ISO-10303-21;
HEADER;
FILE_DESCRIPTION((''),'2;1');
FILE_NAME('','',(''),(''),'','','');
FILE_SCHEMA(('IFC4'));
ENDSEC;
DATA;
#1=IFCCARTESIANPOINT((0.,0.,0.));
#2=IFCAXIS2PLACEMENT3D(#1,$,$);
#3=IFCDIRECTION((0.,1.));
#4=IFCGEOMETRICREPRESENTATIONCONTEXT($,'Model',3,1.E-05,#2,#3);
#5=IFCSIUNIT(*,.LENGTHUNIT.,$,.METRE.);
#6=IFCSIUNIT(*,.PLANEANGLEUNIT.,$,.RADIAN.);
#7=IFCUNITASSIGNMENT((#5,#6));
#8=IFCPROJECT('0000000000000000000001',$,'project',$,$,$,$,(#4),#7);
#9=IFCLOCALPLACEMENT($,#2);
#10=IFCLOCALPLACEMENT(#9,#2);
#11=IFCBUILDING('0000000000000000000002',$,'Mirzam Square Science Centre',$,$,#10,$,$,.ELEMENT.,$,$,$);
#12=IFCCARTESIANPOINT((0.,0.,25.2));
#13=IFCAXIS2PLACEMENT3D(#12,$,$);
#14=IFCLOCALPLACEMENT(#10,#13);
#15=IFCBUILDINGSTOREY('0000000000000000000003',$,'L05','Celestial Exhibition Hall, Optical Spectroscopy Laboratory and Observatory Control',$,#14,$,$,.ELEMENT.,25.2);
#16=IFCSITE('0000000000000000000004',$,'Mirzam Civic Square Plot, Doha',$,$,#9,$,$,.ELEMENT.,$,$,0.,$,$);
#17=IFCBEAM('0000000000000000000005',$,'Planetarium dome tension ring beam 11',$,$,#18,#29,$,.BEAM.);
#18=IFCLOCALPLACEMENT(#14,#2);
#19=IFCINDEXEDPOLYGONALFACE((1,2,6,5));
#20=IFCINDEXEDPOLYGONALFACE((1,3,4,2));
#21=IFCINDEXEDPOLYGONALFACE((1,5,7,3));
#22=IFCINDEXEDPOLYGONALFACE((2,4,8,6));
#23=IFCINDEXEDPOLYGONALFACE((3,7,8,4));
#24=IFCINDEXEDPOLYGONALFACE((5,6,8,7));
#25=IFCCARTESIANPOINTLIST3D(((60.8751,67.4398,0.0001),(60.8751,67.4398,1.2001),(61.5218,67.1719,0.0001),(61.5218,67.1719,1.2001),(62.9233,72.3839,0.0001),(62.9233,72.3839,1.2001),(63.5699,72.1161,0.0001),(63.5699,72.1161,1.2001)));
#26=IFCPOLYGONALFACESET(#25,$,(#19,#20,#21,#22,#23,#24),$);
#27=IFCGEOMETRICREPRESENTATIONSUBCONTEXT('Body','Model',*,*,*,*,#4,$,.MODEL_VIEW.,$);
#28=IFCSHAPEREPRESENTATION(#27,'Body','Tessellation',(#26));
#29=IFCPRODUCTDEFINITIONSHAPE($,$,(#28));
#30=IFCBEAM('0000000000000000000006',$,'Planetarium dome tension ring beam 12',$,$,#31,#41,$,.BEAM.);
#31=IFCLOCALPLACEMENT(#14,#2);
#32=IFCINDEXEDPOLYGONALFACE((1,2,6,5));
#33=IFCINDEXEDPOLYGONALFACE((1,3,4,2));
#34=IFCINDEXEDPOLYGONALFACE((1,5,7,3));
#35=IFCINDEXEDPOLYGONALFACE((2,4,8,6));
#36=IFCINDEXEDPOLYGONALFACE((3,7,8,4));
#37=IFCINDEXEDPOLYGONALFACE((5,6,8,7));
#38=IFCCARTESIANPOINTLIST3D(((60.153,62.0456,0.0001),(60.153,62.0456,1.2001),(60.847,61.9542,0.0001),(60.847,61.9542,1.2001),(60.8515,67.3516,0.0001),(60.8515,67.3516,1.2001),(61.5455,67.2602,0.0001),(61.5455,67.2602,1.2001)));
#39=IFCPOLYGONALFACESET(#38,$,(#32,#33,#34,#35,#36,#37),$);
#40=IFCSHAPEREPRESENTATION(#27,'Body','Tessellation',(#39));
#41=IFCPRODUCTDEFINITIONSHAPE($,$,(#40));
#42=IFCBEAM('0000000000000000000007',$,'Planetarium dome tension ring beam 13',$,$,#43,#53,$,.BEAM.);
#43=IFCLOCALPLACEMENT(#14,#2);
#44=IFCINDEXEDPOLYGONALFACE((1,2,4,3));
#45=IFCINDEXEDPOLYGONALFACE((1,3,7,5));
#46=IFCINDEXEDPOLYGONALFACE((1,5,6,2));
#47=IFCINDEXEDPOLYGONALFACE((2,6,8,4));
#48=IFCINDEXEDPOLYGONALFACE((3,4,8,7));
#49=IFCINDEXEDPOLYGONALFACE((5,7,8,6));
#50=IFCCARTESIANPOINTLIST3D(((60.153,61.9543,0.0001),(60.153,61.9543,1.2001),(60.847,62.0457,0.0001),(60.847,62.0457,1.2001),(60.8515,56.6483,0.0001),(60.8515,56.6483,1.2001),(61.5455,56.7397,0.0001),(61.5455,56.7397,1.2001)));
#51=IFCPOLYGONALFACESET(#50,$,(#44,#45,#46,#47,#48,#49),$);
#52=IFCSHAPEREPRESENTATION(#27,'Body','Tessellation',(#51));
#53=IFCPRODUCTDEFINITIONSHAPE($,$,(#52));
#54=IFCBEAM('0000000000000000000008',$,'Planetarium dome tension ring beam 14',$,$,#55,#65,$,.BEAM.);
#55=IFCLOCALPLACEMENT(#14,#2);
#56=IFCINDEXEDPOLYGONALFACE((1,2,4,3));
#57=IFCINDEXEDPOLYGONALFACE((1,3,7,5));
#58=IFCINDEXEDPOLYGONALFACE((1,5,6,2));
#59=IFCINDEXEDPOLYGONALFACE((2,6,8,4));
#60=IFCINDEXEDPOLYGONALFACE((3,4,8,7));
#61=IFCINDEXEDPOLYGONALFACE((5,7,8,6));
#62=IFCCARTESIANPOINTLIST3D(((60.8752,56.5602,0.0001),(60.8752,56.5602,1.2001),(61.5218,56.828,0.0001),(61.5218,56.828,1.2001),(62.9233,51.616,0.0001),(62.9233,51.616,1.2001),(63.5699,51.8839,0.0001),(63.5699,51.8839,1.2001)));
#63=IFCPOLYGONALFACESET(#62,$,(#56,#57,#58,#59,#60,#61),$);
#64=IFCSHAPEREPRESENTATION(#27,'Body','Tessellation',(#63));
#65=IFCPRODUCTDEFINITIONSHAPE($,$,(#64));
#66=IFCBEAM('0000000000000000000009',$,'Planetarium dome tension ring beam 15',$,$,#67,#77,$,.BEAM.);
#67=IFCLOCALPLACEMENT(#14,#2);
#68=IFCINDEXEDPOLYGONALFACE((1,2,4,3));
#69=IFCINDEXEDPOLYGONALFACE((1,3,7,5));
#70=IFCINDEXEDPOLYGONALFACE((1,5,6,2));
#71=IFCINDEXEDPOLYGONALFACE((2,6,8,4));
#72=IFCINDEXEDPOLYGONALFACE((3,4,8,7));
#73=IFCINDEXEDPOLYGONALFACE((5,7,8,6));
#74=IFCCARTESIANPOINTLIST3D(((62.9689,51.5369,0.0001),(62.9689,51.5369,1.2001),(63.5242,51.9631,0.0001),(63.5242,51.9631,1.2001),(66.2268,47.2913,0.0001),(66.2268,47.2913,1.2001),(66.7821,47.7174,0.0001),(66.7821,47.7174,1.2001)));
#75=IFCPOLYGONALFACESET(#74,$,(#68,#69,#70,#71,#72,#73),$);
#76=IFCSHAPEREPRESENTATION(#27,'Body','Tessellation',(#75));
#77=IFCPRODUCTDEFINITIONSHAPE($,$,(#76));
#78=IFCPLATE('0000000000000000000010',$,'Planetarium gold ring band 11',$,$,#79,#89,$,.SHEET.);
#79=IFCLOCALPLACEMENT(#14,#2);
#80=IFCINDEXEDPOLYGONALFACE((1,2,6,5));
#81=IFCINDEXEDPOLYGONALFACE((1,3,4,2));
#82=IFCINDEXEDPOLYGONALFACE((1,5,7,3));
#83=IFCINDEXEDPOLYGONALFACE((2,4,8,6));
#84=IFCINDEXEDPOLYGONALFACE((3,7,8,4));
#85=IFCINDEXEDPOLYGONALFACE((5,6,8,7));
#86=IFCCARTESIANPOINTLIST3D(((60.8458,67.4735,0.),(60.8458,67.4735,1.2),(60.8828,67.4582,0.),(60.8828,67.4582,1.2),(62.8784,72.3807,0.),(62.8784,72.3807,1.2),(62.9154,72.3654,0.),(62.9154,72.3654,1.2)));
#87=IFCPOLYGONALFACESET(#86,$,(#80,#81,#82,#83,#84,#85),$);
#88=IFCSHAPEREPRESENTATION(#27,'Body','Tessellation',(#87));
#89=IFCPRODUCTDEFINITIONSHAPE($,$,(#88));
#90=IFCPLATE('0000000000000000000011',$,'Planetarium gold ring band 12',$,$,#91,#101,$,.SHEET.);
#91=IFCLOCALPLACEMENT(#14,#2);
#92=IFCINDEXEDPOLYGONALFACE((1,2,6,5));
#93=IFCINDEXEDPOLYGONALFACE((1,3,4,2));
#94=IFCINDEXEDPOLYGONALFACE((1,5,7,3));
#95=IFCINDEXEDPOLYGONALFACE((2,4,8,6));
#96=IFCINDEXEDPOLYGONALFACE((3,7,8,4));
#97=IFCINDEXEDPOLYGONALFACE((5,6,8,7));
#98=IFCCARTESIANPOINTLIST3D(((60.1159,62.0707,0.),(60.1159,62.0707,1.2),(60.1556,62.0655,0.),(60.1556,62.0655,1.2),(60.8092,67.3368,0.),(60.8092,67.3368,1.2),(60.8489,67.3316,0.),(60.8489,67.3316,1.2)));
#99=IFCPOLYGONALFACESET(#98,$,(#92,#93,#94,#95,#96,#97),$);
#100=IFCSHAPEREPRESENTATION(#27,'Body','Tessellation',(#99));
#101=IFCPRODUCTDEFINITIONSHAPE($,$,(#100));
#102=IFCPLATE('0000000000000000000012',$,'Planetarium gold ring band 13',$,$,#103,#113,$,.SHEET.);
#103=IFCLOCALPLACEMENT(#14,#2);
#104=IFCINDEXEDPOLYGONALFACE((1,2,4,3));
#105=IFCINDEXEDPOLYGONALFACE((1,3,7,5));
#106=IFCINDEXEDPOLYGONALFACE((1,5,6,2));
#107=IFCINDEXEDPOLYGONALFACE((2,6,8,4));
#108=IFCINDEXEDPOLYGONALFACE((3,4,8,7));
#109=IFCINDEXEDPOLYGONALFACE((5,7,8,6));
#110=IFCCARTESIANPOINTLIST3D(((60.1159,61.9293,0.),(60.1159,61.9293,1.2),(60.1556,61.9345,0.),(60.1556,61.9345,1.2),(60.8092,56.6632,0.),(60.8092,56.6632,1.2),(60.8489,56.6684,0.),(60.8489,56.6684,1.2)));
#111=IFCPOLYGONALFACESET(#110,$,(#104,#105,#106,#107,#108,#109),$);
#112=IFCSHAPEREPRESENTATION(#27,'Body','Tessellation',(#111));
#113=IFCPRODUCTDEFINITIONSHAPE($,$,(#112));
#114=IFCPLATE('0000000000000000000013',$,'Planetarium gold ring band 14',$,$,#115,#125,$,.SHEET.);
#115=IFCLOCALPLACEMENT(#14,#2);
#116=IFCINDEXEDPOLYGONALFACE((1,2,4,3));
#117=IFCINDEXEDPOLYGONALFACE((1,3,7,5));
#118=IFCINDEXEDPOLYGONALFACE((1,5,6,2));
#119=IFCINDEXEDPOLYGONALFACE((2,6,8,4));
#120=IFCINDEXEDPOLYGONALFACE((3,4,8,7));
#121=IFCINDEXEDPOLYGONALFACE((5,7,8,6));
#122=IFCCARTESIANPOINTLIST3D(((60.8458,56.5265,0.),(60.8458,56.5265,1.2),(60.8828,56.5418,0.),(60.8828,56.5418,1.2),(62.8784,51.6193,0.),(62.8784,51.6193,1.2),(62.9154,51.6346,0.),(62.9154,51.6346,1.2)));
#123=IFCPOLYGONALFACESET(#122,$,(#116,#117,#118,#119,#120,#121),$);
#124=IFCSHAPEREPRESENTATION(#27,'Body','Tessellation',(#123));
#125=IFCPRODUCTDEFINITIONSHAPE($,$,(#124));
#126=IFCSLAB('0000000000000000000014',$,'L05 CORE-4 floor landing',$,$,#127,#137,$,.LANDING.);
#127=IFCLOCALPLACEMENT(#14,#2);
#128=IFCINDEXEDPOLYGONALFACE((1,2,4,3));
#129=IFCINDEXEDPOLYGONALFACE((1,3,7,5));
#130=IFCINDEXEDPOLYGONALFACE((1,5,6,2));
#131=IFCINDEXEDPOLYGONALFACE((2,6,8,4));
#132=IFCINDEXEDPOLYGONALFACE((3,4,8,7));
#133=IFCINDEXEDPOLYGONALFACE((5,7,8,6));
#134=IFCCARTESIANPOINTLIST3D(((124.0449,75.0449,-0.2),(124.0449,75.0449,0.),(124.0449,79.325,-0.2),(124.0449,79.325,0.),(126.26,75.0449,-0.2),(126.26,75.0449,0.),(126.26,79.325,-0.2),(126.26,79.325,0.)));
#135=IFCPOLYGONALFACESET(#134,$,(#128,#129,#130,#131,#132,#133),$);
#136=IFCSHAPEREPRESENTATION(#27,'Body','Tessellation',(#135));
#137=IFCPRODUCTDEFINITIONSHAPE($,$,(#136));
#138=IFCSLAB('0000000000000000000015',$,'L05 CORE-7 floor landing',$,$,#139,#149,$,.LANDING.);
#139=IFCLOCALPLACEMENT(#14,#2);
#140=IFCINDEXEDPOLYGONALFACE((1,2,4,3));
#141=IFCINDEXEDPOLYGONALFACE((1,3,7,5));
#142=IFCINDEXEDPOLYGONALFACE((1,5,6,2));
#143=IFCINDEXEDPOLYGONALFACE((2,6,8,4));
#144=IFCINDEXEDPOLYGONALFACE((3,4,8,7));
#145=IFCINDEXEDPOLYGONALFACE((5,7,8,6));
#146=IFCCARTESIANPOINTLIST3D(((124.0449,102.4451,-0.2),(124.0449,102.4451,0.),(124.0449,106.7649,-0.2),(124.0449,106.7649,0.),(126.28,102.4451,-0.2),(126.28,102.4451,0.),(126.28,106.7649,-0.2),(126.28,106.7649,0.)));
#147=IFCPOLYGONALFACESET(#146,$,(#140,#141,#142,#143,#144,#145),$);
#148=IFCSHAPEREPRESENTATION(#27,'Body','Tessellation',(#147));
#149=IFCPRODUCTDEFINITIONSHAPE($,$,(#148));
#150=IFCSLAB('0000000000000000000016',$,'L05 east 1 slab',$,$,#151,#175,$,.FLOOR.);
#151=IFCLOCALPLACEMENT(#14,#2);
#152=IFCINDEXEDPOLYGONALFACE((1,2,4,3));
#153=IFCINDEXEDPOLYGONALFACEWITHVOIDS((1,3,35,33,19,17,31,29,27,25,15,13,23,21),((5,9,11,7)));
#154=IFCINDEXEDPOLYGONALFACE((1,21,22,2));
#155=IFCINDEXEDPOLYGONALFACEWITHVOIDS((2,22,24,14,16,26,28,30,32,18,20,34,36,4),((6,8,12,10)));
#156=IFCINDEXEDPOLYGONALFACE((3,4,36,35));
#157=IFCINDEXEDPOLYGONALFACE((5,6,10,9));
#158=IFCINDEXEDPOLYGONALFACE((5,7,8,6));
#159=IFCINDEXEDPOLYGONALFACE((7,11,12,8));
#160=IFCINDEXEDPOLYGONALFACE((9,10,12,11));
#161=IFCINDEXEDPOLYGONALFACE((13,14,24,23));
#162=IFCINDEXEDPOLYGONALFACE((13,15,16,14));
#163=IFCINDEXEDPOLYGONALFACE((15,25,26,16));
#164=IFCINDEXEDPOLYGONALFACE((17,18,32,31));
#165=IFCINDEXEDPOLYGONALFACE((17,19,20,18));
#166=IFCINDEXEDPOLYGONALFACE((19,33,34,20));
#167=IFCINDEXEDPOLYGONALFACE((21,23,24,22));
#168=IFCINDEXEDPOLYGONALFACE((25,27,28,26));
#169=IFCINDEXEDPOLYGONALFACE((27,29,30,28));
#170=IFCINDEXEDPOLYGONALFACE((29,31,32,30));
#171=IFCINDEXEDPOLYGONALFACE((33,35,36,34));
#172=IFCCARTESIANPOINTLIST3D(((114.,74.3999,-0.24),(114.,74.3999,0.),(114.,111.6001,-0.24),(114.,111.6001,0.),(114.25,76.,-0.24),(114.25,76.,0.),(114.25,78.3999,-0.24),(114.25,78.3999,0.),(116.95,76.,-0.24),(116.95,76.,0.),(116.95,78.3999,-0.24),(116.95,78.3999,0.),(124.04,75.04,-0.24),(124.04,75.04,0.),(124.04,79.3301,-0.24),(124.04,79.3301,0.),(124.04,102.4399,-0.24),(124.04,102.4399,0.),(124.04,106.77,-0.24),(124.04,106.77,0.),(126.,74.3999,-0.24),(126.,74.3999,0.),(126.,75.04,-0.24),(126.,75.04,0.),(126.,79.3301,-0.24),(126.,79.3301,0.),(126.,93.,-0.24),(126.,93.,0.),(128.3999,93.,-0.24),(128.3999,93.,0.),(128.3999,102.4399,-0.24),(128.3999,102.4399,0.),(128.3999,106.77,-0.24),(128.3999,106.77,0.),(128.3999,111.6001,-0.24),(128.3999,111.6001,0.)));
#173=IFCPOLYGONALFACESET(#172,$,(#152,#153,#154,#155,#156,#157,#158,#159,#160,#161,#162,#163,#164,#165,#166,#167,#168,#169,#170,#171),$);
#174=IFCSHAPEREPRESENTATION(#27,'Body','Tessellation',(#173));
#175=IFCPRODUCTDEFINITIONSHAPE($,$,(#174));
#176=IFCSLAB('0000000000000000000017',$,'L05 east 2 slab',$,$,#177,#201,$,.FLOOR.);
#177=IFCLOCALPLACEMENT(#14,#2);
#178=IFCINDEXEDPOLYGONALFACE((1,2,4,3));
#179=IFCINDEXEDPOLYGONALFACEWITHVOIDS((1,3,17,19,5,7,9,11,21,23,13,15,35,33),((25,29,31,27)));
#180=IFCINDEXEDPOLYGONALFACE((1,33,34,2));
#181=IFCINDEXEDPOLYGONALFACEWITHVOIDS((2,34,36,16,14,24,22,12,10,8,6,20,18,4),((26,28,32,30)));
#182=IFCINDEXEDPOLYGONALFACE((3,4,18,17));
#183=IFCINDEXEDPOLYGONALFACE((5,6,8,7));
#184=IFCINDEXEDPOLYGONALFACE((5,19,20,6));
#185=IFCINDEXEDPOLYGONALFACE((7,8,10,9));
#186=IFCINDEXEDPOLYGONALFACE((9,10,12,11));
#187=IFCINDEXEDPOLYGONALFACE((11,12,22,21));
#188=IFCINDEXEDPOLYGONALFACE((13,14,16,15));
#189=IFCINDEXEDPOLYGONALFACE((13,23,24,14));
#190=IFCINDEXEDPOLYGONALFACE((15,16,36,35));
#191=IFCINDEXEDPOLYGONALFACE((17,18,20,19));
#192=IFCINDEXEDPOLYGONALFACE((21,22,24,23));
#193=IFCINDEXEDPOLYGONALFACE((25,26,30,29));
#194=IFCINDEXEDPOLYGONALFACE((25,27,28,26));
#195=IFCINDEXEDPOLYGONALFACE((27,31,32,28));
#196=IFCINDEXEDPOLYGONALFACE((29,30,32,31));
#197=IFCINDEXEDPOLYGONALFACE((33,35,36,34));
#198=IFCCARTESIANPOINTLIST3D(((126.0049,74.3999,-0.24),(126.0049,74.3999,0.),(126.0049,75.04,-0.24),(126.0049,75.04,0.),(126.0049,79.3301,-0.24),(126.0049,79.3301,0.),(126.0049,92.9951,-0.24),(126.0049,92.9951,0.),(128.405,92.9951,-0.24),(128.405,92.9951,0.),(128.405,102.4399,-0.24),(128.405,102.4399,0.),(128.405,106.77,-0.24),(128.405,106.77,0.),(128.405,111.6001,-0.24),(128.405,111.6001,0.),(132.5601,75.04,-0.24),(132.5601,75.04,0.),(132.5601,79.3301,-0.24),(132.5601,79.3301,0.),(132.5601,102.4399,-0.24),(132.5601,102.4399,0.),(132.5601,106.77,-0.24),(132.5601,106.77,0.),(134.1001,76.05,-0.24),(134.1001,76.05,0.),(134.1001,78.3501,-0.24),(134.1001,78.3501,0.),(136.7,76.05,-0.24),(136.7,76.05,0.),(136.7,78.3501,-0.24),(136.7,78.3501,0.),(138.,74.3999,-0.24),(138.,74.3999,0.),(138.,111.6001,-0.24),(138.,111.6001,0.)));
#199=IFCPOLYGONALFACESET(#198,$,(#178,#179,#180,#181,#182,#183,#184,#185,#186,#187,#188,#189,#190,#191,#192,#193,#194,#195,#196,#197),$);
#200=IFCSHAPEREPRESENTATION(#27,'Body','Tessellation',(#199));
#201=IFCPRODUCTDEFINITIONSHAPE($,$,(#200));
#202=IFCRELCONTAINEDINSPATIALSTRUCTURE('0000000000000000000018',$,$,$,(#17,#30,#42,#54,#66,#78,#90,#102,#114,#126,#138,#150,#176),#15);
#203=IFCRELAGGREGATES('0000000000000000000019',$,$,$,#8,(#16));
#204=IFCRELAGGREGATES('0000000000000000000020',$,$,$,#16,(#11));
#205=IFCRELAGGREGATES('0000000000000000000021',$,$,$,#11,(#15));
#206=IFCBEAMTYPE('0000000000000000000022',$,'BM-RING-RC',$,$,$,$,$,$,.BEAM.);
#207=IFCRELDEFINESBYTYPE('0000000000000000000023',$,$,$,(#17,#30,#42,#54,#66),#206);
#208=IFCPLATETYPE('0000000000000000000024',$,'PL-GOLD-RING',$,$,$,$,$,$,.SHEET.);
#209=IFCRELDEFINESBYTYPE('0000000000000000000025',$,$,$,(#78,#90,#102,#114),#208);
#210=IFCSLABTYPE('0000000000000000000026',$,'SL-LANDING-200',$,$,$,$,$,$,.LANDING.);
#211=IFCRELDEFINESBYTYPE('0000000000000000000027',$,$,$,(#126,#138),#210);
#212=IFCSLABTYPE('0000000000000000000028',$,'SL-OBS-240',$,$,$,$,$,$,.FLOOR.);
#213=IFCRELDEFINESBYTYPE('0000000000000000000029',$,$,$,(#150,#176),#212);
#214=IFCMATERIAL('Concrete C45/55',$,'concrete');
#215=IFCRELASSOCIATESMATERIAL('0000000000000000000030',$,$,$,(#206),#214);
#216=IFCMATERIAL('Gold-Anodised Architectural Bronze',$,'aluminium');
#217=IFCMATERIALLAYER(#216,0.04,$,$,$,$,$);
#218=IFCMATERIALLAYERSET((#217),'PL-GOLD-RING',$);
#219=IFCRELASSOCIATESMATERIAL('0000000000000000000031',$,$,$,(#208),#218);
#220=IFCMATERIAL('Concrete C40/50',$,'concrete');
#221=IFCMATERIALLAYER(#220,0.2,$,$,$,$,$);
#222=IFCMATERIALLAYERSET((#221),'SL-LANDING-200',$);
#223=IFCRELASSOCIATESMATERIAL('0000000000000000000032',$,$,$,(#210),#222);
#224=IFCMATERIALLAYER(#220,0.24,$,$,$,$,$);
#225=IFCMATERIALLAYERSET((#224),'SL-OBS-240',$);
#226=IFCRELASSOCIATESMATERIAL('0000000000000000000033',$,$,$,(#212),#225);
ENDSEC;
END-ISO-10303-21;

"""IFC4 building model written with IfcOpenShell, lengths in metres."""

from ifc_helpers import new_model, si_unit, direction, frame, origin, origin_2d, place, context, subcontext, project, spatial, polyline, rectangle, outline, extrude, material, layer, layer_set, material_profile, profile_set, type_object, element, save


model = new_model("IFC4")

# Units and contexts
model_context = context("Model", 3, precision=1e-05, world=origin(), true_north=direction((0.0, 1.0)))
body_context = subcontext(model_context, "Body", "Model", "MODEL_VIEW")
ifc_project = project(units=[si_unit("LENGTHUNIT", "METRE"), si_unit("PLANEANGLEUNIT", "RADIAN")], contexts=[model_context])

# Site, building, storey
site_placement = place(None, origin())
site = spatial("IfcSite", under=ifc_project, at=site_placement, Name="Mirzam Civic Square Plot, Doha", CompositionType="ELEMENT", RefElevation=0.0)
building_placement = place(site_placement, origin())
building = spatial("IfcBuilding", under=site, at=building_placement, Name="Mirzam Square Science Centre", CompositionType="ELEMENT")
storey_placement = place(building_placement, frame((0.0, 0.0, 25.2)))
storey = spatial("IfcBuildingStorey", under=building, at=storey_placement, Name="L05", Description="Celestial Exhibition Hall, Optical Spectroscopy Laboratory and Observatory Control", CompositionType="ELEMENT", Elevation=25.2)

# Beams
ifc_material_1 = material(Name="Concrete C45/55", Category="concrete")
ifc_material_profile = material_profile(ifc_material_1, rectangle(XDim=0.7, YDim=1.2, at=origin_2d()), Name="RC700x1200")
ifc_profile_set = profile_set([ifc_material_profile], Name="Concrete C45/55")
beam_type = type_object("IfcBeamType", Name="BM-RING-RC", PredefinedType="BEAM", material=ifc_profile_set)
beam_placement = place(storey_placement, frame((63.2466, 72.25, 0.6001), z_axis=(-0.382713, -0.923867, 0.0), x_axis=(0.923867, -0.382713, 0.0)))
element("IfcBeam", 1, at=beam_placement, inside=storey, type_object=beam_type, Name="Planetarium dome tension ring beam 11", PredefinedType="BEAM", context=body_context, shape_type="SweptSolid", body=[
    extrude(rectangle(XDim=0.7, YDim=1.2, at=origin_2d()), origin(), (0.0, 0.0, 1.0), 5.3516),
])
for number, where, z_axis, x_axis, name in (
    (2, (61.1985, 67.3059, 0.6001), (-0.130517, -0.991446, 0.0), (0.991446, -0.130517, 0.0), "Planetarium dome tension ring beam 12"),
    (3, (60.5, 62.0, 0.6001), (0.130517, -0.991446, 0.0), (0.991446, 0.130517, 0.0), "Planetarium dome tension ring beam 13"),
):
    element("IfcBeam", number, at=place(storey_placement, frame(where, z_axis=z_axis, x_axis=x_axis)), inside=storey, type_object=beam_type, Name=name, PredefinedType="BEAM", context=body_context, shape_type="SweptSolid", body=[
        extrude(rectangle(XDim=0.7, YDim=1.2, at=origin_2d()), origin(), (0.0, 0.0, 1.0), 5.3518),
    ])
for number, where, z_axis, x_axis, name in (
    (4, (61.1985, 56.6941, 0.6001), (0.382713, -0.923867, 0.0), (0.923867, 0.382713, 0.0), "Planetarium dome tension ring beam 14"),
    (5, (63.2466, 51.75, 0.6001), (0.608767, -0.793349, 0.0), (0.793349, 0.608767, 0.0), "Planetarium dome tension ring beam 15"),
):
    element("IfcBeam", number, at=place(storey_placement, frame(where, z_axis=z_axis, x_axis=x_axis)), inside=storey, type_object=beam_type, Name=name, PredefinedType="BEAM", context=body_context, shape_type="SweptSolid", body=[
        extrude(rectangle(XDim=0.7, YDim=1.2, at=origin_2d()), origin(), (0.0, 0.0, 1.0), 5.3516),
    ])

# Plates
ifc_material_2 = material(Name="Gold-Anodised Architectural Bronze", Category="aluminium")
ifc_layer_1 = layer(ifc_material_2, 0.04)
ifc_layer_set_1 = layer_set([ifc_layer_1], Name="PL-GOLD-RING")
plate_type = type_object("IfcPlateType", Name="PL-GOLD-RING", PredefinedType="SHEET", material=ifc_layer_set_1)
for number, where, z_axis, x_axis, name in (
    (6, (61.8806, 69.9194, 0.0), (0.0, 0.0, 1.0), (-0.382683, -0.92388, 0.0), "Planetarium gold ring band 11"),
    (7, (60.4824, 64.7012, 0.0), (0.0, 0.0, 1.0), (-0.130526, -0.991445, 0.0), "Planetarium gold ring band 12"),
    (8, (60.4824, 59.2988, 0.0), (0.0, 0.0, 1.0), (0.130526, -0.991445, 0.0), "Planetarium gold ring band 13"),
    (9, (61.8806, 54.0806, 0.0), (0.0, 0.0, 1.0), (0.382683, -0.92388, 0.0), "Planetarium gold ring band 14"),
):
    element("IfcPlate", number, at=place(storey_placement, frame(where, z_axis=z_axis, x_axis=x_axis)), inside=storey, type_object=plate_type, Name=name, PredefinedType="SHEET", context=body_context, shape_type="SweptSolid", body=[
        extrude(rectangle(XDim=5.3115, YDim=0.04, at=origin_2d()), origin(), (0.0, 0.0, 1.0), 1.2),
    ])

# Slabs
ifc_material_3 = material(Name="Concrete C40/50", Category="concrete")
ifc_layer_2 = layer(ifc_material_3, 0.2)
ifc_layer_set_2 = layer_set([ifc_layer_2], Name="SL-LANDING-200")
slab_type_1 = type_object("IfcSlabType", Name="SL-LANDING-200", PredefinedType="LANDING", material=ifc_layer_set_2)
slab_1_placement = place(storey_placement, frame((0.0, 0.0, -0.2)))
element("IfcSlab", 10, at=slab_1_placement, inside=storey, type_object=slab_type_1, Name="L05 CORE-4 floor landing", PredefinedType="LANDING", context=body_context, shape_type="SweptSolid", body=[
    extrude(outline(polyline([(126.26, 75.0449), (124.0449, 75.0449), (124.0449, 79.325), (126.26, 79.325), (126.26, 75.0449)])), origin(), (0.0, 0.0, 1.0), 0.2),
])
slab_2_placement = place(storey_placement, frame((0.0, 0.0, -0.2)))
element("IfcSlab", 11, at=slab_2_placement, inside=storey, type_object=slab_type_1, Name="L05 CORE-7 floor landing", PredefinedType="LANDING", context=body_context, shape_type="SweptSolid", body=[
    extrude(outline(polyline([(126.28, 102.4451), (124.0449, 102.4451), (124.0449, 106.7649), (126.28, 106.7649), (126.28, 102.4451)])), origin(), (0.0, 0.0, 1.0), 0.2),
])
ifc_layer_3 = layer(ifc_material_3, 0.24)
ifc_layer_set_3 = layer_set([ifc_layer_3], Name="SL-OBS-240")
slab_type_2 = type_object("IfcSlabType", Name="SL-OBS-240", PredefinedType="FLOOR", material=ifc_layer_set_3)
slab_3_placement = place(storey_placement, frame((0.0, 0.0, -0.24)))
element("IfcSlab", 12, at=slab_3_placement, inside=storey, type_object=slab_type_2, Name="L05 east 1 slab", PredefinedType="FLOOR", context=body_context, shape_type="SweptSolid", body=[
    extrude(outline(polyline([(126.0, 74.3999), (114.0, 74.3999), (114.0, 111.6001), (128.3999, 111.6001), (128.3999, 106.77), (124.04, 106.77), (124.04, 102.4399), (128.3999, 102.4399), (128.3999, 93.0), (126.0, 93.0), (126.0, 79.3301), (124.04, 79.3301), (124.04, 75.04), (126.0, 75.04), (126.0, 74.3999)]), holes=[polyline([(114.25, 78.3999), (114.25, 76.0), (116.95, 76.0), (116.95, 78.3999), (114.25, 78.3999)])]), origin(), (0.0, 0.0, 1.0), 0.24),
])
slab_4_placement = place(storey_placement, frame((0.0, 0.0, -0.24)))
element("IfcSlab", 13, at=slab_4_placement, inside=storey, type_object=slab_type_2, Name="L05 east 2 slab", PredefinedType="FLOOR", context=body_context, shape_type="SweptSolid", body=[
    extrude(outline(polyline([(138.0, 111.6001), (138.0, 74.3999), (126.0049, 74.3999), (126.0049, 75.04), (132.5601, 75.04), (132.5601, 79.3301), (126.0049, 79.3301), (126.0049, 92.9951), (128.405, 92.9951), (128.405, 102.4399), (132.5601, 102.4399), (132.5601, 106.77), (128.405, 106.77), (128.405, 111.6001), (138.0, 111.6001)]), holes=[polyline([(134.1001, 76.05), (136.7, 76.05), (136.7, 78.3501), (134.1001, 78.3501), (134.1001, 76.05)])]), origin(), (0.0, 0.0, 1.0), 0.24),
])

save(model, "model.ifc")
